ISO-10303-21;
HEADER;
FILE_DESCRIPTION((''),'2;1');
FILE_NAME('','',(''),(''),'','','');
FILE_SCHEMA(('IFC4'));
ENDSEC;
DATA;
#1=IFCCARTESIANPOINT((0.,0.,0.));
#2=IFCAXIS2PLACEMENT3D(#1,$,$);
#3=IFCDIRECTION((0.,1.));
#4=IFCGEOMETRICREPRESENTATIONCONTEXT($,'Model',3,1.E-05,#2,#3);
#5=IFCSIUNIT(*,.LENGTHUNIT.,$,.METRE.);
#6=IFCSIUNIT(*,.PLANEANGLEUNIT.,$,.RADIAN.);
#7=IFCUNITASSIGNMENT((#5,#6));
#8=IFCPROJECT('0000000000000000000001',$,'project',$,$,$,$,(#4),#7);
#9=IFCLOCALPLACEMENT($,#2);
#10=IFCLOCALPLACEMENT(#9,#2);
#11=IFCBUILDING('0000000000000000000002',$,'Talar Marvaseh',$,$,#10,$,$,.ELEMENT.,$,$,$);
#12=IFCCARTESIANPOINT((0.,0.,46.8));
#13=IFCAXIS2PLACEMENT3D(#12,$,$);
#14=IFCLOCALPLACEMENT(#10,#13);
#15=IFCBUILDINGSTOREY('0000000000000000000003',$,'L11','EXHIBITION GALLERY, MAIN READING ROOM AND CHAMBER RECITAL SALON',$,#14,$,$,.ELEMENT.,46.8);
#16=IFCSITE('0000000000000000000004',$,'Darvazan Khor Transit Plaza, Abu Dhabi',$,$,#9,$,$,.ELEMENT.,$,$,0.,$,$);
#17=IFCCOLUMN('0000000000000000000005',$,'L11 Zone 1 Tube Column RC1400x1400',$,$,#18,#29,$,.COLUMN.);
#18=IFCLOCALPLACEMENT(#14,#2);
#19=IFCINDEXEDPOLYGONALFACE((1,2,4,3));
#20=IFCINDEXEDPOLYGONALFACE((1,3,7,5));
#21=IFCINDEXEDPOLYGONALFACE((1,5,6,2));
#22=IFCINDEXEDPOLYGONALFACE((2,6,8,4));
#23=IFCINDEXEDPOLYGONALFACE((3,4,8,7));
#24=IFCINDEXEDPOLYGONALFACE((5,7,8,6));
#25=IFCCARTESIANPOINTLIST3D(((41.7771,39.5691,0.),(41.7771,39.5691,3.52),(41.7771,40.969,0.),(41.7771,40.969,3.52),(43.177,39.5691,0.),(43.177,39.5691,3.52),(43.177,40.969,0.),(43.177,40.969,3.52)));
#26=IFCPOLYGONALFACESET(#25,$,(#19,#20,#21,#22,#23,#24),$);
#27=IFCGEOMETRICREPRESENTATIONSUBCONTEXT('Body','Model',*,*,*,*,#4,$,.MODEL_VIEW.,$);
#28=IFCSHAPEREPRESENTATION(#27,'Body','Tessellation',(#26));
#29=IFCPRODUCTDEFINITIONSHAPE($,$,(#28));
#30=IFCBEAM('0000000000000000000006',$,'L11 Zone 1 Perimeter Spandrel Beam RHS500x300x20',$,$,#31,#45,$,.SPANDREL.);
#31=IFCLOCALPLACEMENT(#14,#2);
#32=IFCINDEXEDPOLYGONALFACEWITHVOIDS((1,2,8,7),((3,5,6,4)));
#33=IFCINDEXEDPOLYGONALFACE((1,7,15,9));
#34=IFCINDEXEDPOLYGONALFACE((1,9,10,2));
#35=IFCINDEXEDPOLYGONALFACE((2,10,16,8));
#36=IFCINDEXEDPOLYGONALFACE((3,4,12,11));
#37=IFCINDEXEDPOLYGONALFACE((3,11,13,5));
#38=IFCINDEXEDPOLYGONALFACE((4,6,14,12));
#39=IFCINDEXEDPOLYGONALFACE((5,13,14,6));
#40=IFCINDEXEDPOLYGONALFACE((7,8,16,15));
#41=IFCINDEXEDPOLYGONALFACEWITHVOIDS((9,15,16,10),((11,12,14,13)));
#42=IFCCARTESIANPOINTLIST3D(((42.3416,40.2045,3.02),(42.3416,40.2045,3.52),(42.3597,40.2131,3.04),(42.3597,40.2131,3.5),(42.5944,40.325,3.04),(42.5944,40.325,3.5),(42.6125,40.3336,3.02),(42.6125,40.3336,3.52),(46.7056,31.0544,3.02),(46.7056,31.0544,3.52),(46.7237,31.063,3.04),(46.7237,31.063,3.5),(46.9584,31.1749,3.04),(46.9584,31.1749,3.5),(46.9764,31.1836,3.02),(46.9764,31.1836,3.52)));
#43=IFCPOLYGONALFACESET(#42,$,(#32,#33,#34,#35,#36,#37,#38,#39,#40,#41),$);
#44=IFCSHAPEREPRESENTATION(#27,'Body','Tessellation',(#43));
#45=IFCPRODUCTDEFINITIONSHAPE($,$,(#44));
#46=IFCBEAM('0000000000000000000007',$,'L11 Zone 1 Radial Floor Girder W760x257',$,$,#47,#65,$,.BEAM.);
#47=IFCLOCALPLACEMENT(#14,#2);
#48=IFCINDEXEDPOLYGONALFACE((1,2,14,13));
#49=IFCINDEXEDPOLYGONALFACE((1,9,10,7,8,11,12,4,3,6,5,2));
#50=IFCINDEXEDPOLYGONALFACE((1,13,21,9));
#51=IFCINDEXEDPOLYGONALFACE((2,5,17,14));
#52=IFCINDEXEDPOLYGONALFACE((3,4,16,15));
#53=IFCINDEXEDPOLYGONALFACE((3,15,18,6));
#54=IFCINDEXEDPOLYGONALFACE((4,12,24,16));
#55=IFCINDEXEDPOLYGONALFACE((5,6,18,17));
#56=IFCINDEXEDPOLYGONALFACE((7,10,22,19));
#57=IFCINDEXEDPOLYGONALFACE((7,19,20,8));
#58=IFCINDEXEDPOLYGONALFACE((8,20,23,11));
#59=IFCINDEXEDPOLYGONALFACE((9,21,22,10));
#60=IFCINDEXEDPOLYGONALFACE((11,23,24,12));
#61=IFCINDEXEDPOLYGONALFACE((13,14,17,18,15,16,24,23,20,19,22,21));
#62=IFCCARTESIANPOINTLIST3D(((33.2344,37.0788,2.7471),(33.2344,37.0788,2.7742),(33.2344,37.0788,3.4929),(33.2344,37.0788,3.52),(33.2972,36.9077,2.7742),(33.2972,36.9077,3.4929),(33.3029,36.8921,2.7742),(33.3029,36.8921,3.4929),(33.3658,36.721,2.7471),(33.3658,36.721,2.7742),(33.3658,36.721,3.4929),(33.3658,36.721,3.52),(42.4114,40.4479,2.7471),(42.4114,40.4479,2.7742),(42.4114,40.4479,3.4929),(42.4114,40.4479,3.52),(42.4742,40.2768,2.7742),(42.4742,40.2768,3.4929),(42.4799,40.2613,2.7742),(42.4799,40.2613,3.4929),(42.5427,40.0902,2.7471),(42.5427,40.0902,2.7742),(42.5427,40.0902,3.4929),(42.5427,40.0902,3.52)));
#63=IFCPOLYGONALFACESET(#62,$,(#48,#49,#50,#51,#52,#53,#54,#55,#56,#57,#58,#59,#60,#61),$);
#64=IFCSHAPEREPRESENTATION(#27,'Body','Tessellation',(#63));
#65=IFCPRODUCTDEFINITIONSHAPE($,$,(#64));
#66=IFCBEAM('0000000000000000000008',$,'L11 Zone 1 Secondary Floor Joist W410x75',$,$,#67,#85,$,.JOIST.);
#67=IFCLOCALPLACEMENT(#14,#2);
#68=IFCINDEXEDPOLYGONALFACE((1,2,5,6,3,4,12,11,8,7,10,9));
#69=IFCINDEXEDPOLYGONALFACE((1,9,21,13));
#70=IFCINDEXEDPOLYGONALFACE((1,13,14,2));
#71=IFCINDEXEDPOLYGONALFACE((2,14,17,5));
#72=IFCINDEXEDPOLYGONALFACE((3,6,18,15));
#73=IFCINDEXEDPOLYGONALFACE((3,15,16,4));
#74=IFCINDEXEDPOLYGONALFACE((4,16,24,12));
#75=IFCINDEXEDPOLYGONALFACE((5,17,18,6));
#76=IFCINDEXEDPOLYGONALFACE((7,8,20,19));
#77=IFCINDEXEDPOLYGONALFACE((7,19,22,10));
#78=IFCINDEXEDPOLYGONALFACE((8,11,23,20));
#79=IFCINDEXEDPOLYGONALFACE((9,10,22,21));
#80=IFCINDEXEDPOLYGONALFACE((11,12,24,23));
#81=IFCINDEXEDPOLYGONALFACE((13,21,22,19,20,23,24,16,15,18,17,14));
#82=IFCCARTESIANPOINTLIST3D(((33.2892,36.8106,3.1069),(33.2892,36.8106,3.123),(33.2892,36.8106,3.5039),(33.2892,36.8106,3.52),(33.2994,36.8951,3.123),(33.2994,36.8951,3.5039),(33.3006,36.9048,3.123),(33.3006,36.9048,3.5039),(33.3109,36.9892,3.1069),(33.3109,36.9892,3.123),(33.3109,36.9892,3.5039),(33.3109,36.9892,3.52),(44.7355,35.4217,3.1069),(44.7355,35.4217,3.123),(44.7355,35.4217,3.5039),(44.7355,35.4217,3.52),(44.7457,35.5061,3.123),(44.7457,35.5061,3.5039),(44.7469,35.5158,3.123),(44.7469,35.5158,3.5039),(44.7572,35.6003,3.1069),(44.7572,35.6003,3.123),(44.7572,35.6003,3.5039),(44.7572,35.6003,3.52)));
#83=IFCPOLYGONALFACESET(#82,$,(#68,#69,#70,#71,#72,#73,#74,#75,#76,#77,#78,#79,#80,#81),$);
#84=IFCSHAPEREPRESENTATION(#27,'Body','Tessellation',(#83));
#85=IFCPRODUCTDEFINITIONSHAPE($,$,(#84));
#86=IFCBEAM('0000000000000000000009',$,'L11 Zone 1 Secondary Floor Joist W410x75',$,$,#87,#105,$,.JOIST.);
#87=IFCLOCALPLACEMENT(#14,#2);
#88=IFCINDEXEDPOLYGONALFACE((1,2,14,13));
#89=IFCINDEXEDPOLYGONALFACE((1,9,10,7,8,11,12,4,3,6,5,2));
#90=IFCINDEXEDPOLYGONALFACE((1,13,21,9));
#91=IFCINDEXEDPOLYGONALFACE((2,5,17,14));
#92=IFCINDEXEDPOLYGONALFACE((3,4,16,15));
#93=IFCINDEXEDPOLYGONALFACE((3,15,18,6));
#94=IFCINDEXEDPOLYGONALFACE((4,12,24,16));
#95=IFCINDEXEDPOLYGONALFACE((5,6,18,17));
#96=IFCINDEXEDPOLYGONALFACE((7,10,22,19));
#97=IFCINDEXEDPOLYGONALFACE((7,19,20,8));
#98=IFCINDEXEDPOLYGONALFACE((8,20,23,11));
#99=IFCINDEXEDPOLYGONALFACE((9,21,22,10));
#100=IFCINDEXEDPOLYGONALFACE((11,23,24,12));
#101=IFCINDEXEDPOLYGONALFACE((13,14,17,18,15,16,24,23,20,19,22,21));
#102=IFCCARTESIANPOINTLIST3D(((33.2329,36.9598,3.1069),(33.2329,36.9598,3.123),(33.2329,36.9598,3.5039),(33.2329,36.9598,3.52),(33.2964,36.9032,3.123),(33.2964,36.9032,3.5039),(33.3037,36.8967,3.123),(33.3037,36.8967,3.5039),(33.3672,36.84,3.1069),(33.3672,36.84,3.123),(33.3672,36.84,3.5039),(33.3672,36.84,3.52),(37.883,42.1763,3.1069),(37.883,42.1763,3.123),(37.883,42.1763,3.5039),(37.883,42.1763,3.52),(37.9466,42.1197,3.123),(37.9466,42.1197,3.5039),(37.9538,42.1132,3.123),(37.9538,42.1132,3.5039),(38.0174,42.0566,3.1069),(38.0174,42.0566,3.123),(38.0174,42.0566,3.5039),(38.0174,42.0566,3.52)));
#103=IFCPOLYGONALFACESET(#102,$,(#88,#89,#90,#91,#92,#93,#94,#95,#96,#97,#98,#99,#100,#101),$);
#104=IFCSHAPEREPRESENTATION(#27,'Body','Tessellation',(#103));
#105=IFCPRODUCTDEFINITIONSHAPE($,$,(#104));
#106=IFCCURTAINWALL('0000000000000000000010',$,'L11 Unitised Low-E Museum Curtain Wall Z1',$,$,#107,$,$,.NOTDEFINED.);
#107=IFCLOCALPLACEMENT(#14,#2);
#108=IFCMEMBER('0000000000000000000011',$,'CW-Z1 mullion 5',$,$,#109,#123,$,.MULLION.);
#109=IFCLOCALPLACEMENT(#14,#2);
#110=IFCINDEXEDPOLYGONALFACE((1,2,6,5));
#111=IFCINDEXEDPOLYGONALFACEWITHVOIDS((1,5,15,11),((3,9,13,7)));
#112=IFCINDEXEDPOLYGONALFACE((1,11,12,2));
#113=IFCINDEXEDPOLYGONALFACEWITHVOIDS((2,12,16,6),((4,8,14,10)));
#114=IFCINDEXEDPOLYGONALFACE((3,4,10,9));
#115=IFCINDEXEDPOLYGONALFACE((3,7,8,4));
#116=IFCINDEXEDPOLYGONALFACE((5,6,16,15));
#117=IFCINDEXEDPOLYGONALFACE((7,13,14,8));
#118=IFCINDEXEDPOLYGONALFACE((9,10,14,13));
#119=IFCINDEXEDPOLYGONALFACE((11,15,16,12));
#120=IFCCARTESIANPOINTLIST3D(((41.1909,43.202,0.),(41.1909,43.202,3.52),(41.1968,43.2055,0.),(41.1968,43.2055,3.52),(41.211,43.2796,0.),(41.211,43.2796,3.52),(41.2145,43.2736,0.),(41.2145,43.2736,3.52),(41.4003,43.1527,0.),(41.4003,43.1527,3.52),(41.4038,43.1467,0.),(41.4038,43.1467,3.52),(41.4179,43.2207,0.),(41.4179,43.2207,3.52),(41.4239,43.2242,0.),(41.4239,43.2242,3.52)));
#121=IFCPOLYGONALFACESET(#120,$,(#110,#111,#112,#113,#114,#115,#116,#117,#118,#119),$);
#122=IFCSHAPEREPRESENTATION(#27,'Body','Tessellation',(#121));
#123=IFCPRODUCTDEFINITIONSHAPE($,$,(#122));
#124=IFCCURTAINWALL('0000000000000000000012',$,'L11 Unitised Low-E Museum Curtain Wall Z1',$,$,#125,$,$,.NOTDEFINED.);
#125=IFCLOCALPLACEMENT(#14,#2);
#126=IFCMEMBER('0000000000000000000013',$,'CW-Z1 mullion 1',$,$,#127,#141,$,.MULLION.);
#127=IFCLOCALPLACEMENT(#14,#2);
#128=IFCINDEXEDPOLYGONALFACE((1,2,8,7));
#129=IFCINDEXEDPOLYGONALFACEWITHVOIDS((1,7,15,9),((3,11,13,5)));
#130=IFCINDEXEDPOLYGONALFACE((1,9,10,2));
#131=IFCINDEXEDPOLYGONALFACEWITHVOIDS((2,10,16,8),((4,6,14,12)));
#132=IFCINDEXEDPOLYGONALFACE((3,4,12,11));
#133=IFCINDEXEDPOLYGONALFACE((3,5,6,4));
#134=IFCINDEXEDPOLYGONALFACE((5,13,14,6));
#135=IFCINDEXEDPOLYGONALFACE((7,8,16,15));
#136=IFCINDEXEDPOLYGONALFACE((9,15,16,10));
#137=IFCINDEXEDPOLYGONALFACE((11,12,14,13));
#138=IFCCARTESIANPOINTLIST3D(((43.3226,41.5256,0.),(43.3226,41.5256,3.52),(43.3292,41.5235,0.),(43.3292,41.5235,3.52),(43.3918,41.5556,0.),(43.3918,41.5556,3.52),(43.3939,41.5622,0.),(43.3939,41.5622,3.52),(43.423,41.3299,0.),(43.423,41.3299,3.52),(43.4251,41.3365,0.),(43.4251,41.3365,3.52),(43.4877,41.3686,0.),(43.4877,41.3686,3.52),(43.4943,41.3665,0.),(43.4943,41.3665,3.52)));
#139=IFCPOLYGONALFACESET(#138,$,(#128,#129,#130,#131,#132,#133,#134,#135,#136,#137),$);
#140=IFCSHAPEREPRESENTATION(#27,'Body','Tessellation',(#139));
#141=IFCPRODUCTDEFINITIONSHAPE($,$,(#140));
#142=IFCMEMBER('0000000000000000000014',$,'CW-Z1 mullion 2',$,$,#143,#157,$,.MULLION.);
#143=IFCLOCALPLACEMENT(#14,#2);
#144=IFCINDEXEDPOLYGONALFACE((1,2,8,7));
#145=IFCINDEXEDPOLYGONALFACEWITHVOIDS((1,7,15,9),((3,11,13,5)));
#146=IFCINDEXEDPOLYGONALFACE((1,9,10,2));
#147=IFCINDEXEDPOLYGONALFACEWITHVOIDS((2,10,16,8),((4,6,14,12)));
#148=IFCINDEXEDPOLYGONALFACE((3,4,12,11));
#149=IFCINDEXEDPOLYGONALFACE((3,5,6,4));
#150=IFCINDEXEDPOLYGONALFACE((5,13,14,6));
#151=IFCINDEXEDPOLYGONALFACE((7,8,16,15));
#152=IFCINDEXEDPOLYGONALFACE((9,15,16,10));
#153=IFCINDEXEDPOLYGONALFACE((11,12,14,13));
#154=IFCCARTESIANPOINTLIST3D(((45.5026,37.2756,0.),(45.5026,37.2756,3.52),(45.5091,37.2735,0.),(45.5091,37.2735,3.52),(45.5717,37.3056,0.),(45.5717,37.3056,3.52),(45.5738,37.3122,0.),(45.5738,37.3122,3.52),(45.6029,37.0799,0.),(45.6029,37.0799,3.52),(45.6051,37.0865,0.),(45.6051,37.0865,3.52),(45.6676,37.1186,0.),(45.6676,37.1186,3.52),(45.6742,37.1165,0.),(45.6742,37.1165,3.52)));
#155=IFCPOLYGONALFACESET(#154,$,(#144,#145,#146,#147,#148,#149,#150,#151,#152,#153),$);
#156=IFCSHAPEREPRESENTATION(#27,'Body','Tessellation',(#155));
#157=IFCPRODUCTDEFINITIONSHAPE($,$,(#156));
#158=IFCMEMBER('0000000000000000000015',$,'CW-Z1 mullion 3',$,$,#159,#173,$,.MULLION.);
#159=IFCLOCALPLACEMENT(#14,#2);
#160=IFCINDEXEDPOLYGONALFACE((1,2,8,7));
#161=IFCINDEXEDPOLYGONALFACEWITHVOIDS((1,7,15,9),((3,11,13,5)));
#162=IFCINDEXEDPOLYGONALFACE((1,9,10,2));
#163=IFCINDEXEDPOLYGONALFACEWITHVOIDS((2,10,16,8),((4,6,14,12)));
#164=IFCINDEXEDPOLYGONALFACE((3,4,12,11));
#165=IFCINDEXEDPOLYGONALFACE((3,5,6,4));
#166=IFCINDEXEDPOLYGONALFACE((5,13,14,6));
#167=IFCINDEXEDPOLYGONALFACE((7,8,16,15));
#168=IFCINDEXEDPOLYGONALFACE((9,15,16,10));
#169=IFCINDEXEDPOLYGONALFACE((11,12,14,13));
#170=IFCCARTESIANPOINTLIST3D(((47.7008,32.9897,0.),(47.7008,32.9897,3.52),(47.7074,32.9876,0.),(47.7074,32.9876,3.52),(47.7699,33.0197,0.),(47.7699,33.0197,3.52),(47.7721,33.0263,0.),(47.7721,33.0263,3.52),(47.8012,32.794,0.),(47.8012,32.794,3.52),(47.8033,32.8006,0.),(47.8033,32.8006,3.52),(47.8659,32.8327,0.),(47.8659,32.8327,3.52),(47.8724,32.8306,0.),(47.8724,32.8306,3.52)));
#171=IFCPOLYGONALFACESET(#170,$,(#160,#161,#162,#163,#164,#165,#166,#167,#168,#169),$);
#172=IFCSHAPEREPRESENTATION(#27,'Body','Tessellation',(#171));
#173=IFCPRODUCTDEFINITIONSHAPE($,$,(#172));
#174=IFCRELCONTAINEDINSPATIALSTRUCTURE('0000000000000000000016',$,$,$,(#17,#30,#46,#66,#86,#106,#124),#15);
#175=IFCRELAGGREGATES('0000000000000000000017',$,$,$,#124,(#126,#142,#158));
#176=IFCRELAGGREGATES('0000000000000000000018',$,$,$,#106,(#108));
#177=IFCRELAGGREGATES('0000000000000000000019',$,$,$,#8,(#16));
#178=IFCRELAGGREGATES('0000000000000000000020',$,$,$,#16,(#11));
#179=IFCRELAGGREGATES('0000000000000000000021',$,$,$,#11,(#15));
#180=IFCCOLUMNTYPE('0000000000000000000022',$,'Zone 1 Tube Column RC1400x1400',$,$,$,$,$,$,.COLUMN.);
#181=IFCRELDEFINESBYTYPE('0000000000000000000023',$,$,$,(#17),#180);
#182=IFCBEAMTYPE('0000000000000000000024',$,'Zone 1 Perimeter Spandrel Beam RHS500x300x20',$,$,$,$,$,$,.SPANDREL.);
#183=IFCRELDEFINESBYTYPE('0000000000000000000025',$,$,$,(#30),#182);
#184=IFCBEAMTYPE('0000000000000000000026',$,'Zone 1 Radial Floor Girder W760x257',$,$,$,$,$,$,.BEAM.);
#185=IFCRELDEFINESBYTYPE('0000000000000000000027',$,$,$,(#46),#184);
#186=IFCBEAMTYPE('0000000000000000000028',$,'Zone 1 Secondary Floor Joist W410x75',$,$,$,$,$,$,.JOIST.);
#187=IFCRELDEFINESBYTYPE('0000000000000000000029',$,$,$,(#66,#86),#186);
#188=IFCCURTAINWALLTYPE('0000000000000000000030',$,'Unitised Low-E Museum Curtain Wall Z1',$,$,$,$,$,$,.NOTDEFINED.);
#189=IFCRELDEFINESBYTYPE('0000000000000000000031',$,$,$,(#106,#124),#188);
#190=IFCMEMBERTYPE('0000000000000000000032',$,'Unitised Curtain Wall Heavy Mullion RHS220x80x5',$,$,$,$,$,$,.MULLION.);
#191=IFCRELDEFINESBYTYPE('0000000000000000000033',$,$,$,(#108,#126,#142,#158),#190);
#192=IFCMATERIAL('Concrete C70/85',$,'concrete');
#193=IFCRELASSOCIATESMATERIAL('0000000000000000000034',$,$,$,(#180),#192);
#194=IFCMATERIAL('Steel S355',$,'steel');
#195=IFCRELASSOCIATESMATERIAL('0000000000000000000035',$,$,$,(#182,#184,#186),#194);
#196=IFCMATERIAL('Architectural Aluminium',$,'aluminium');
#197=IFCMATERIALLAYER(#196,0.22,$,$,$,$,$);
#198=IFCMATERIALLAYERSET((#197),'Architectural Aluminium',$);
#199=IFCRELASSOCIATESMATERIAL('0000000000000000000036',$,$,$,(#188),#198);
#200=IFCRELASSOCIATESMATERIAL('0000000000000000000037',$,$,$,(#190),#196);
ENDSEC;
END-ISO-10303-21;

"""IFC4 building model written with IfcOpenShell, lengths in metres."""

from ifc_helpers import new_model, si_unit, direction, frame, origin, origin_2d, place, context, subcontext, project, spatial, rectangle, hollow_rectangle, i_section, extrude, source, transform, mapped, material, layer, layer_set, material_profile, profile_set, type_object, type_shapes, element, aggregate, save


model = new_model("IFC4")

# Units and contexts
model_context = context("Model", 3, precision=1e-05, world=origin(), true_north=direction((0.0, 1.0)))
body_context = subcontext(model_context, "Body", "Model", "MODEL_VIEW")
ifc_project = project(units=[si_unit("LENGTHUNIT", "METRE"), si_unit("PLANEANGLEUNIT", "RADIAN")], contexts=[model_context])

# Site, building, storey
site_placement = place(None, origin())
site = spatial("IfcSite", under=ifc_project, at=site_placement, Name="Darvazan Khor Transit Plaza, Abu Dhabi", CompositionType="ELEMENT", RefElevation=0.0)
building_placement = place(site_placement, origin())
building = spatial("IfcBuilding", under=site, at=building_placement, Name="Talar Marvaseh", CompositionType="ELEMENT")
storey_placement = place(building_placement, frame((0.0, 0.0, 46.8)))
storey = spatial("IfcBuildingStorey", under=building, at=storey_placement, Name="L11", Description="EXHIBITION GALLERY, MAIN READING ROOM AND CHAMBER RECITAL SALON", CompositionType="ELEMENT", Elevation=46.8)

# Column
ifc_material_1 = material(Name="Concrete C70/85", Category="concrete")
ifc_material_profile_1 = material_profile(ifc_material_1, rectangle(XDim=1.3999, YDim=1.3999, at=origin_2d()), Name="RC1400x1400")
ifc_profile_set_1 = profile_set([ifc_material_profile_1], Name="Concrete C70/85")
column_type = type_object("IfcColumnType", Name="Zone 1 Tube Column RC1400x1400", PredefinedType="COLUMN", material=ifc_profile_set_1)
column_placement = place(storey_placement, frame((42.4771, 40.269, 0.0), z_axis=(0.0, 0.0, 1.0), x_axis=(1.0, 0.0, 0.0)))
element("IfcColumn", 1, at=column_placement, inside=storey, type_object=column_type, Name="L11 Zone 1 Tube Column RC1400x1400", PredefinedType="COLUMN", context=body_context, shape_type="SweptSolid", body=[
    extrude(rectangle(XDim=1.3999, YDim=1.3999, at=origin_2d()), origin(), (0.0, 0.0, 1.0), 3.52),
])

# Beams
ifc_material_2 = material(Name="Steel S355", Category="steel")
ifc_material_profile_2 = material_profile(ifc_material_2, hollow_rectangle(XDim=0.3, YDim=0.5, WallThickness=0.02, at=origin_2d()), Name="RHS500x300x20")
ifc_profile_set_2 = profile_set([ifc_material_profile_2], Name="Steel S355")
beam_type_1 = type_object("IfcBeamType", Name="Zone 1 Perimeter Spandrel Beam RHS500x300x20", PredefinedType="SPANDREL", material=ifc_profile_set_2)
beam_1_placement = place(storey_placement, frame((42.4771, 40.269, 3.27), z_axis=(0.43048, -0.9026, 0.0), x_axis=(0.9026, 0.43048, 0.0)))
element("IfcBeam", 2, at=beam_1_placement, inside=storey, type_object=beam_type_1, Name="L11 Zone 1 Perimeter Spandrel Beam RHS500x300x20", PredefinedType="SPANDREL", context=body_context, shape_type="SweptSolid", body=[
    extrude(hollow_rectangle(XDim=0.3, YDim=0.5, WallThickness=0.02, at=origin_2d()), origin(), (0.0, 0.0, 1.0), 10.1375),
])
ifc_material_profile_3 = material_profile(ifc_material_2, i_section(OverallWidth=0.3811, OverallDepth=0.7729, WebThickness=0.0166, FlangeThickness=0.0271, at=origin_2d()), Name="W760x257")
ifc_profile_set_3 = profile_set([ifc_material_profile_3], Name="Steel S355")
beam_type_2 = type_object("IfcBeamType", Name="Zone 1 Radial Floor Girder W760x257", PredefinedType="BEAM", material=ifc_profile_set_3)
beam_2_placement = place(storey_placement, frame((42.4771, 40.269, 3.1335), z_axis=(-0.938736, -0.344637, 0.0), x_axis=(0.344637, -0.938736, 0.0)))
element("IfcBeam", 3, at=beam_2_placement, inside=storey, type_object=beam_type_2, Name="L11 Zone 1 Radial Floor Girder W760x257", PredefinedType="BEAM", context=body_context, shape_type="SweptSolid", body=[
    extrude(i_section(OverallWidth=0.3811, OverallDepth=0.7729, WebThickness=0.0166, FlangeThickness=0.0271, at=origin_2d()), origin(), (0.0, 0.0, 1.0), 9.7759),
])
ifc_material_profile_4 = material_profile(ifc_material_2, i_section(OverallWidth=0.1799, OverallDepth=0.4131, WebThickness=0.0098, FlangeThickness=0.0161, at=origin_2d()), Name="W410x75")
ifc_profile_set_4 = profile_set([ifc_material_profile_4], Name="Steel S355")
beam_type_3 = type_object("IfcBeamType", Name="Zone 1 Secondary Floor Joist W410x75", PredefinedType="JOIST", material=ifc_profile_set_4)
beam_3_placement = place(storey_placement, frame((44.7463, 35.511, 3.3135), z_axis=(-0.992718, 0.120458, 0.0), x_axis=(-0.120458, -0.992718, 0.0)))
element("IfcBeam", 4, at=beam_3_placement, inside=storey, type_object=beam_type_3, Name="L11 Zone 1 Secondary Floor Joist W410x75", PredefinedType="JOIST", context=body_context, shape_type="SweptSolid", body=[
    extrude(i_section(OverallWidth=0.1799, OverallDepth=0.4131, WebThickness=0.0098, FlangeThickness=0.0161, at=origin_2d()), origin(), (0.0, 0.0, 1.0), 11.5303),
])
beam_4_placement = place(storey_placement, frame((37.9502, 42.1165, 3.3135), z_axis=(-0.665419, -0.74647, 0.0), x_axis=(0.74647, -0.665419, 0.0)))
element("IfcBeam", 5, at=beam_4_placement, inside=storey, type_object=beam_type_3, Name="L11 Zone 1 Secondary Floor Joist W410x75", PredefinedType="JOIST", context=body_context, shape_type="SweptSolid", body=[
    extrude(i_section(OverallWidth=0.1799, OverallDepth=0.4131, WebThickness=0.0098, FlangeThickness=0.0161, at=origin_2d()), origin(), (0.0, 0.0, 1.0), 6.9883),
])

# Curtain wall, member
ifc_material_3 = material(Name="Architectural Aluminium", Category="aluminium")
ifc_layer_1 = layer(ifc_material_3, 0.22)
ifc_layer_set_1 = layer_set([ifc_layer_1], Name="Architectural Aluminium")
curtain_wall_type = type_object("IfcCurtainWallType", Name="Unitised Low-E Museum Curtain Wall Z1", PredefinedType="NOTDEFINED", material=ifc_layer_set_1)
curtain_wall_1_placement = place(storey_placement, origin())
curtain_wall_1 = element("IfcCurtainWall", 6, at=curtain_wall_1_placement, inside=storey, type_object=curtain_wall_type, Name="L11 Unitised Low-E Museum Curtain Wall Z1", PredefinedType="NOTDEFINED")
ifc_material_profile_5 = material_profile(ifc_material_3, hollow_rectangle(XDim=0.0801, YDim=0.22, WallThickness=0.0049, at=origin_2d()), Name="RHS220x80x5")
ifc_profile_set_5 = profile_set([ifc_material_profile_5], Name="Architectural Aluminium")
member_type_1 = type_object("IfcMemberType", Name="Unitised Curtain Wall Heavy Mullion RHS220x80x5", PredefinedType="MULLION", material=ifc_profile_set_5)
shared_shape_1 = source(origin(), body_context, "Body", "SweptSolid", [
    extrude(hollow_rectangle(XDim=0.0801, YDim=0.22, WallThickness=0.0049, at=origin_2d()), origin(), (0.0, 0.0, 1.0), 3.52),
])
type_shapes(member_type_1, [shared_shape_1])
member_1_placement = place(storey_placement, frame((41.3074, 43.2131, 0.0), z_axis=(0.0, 0.0, 1.0), x_axis=(0.251525, 0.967851, 0.0)))
member_1 = element("IfcMember", 7, at=member_1_placement, type_object=member_type_1, Name="CW-Z1 mullion 5", PredefinedType="MULLION", context=body_context, shape_type="MappedRepresentation", body=[
    mapped(shared_shape_1, transform((0.0, 0.0, 0.0), x_axis=(1.0, 0.0, 0.0), y_axis=(0.0, 1.0, 0.0), z_axis=(0.0, 0.0, 1.0), scale=1.0)),
])

# Curtain wall, members
curtain_wall_2_placement = place(storey_placement, origin())
curtain_wall_2 = element("IfcCurtainWall", 8, at=curtain_wall_2_placement, inside=storey, type_object=curtain_wall_type, Name="L11 Unitised Low-E Museum Curtain Wall Z1", PredefinedType="NOTDEFINED")
member_2_placement = place(storey_placement, frame((43.4084, 41.446, 0.0), z_axis=(0.0, 0.0, 1.0), x_axis=(0.889785, 0.456379, 0.0)))
member_2 = element("IfcMember", 9, at=member_2_placement, type_object=member_type_1, Name="CW-Z1 mullion 1", PredefinedType="MULLION", context=body_context, shape_type="MappedRepresentation", body=[
    mapped(shared_shape_1, transform((0.0, 0.0, 0.0), x_axis=(1.0, 0.0, 0.0), y_axis=(0.0, 1.0, 0.0), z_axis=(0.0, 0.0, 1.0), scale=1.0)),
])
member_3_placement = place(storey_placement, frame((45.5884, 37.196, 0.0), z_axis=(0.0, 0.0, 1.0), x_axis=(0.889785, 0.456379, 0.0)))
member_3 = element("IfcMember", 10, at=member_3_placement, type_object=member_type_1, Name="CW-Z1 mullion 2", PredefinedType="MULLION", context=body_context, shape_type="MappedRepresentation", body=[
    mapped(shared_shape_1, transform((0.0, 0.0, 0.0), x_axis=(1.0, 0.0, 0.0), y_axis=(0.0, 1.0, 0.0), z_axis=(0.0, 0.0, 1.0), scale=1.0)),
])
member_4_placement = place(storey_placement, frame((47.7866, 32.9102, 0.0), z_axis=(0.0, 0.0, 1.0), x_axis=(0.889785, 0.456379, 0.0)))
member_4 = element("IfcMember", 11, at=member_4_placement, type_object=member_type_1, Name="CW-Z1 mullion 3", PredefinedType="MULLION", context=body_context, shape_type="MappedRepresentation", body=[
    mapped(shared_shape_1, transform((0.0, 0.0, 0.0), x_axis=(1.0, 0.0, 0.0), y_axis=(0.0, 1.0, 0.0), z_axis=(0.0, 0.0, 1.0), scale=1.0)),
])
aggregate(curtain_wall_2, [member_2, member_3, member_4])

aggregate(curtain_wall_1, [member_1])

save(model, "model.ifc")
